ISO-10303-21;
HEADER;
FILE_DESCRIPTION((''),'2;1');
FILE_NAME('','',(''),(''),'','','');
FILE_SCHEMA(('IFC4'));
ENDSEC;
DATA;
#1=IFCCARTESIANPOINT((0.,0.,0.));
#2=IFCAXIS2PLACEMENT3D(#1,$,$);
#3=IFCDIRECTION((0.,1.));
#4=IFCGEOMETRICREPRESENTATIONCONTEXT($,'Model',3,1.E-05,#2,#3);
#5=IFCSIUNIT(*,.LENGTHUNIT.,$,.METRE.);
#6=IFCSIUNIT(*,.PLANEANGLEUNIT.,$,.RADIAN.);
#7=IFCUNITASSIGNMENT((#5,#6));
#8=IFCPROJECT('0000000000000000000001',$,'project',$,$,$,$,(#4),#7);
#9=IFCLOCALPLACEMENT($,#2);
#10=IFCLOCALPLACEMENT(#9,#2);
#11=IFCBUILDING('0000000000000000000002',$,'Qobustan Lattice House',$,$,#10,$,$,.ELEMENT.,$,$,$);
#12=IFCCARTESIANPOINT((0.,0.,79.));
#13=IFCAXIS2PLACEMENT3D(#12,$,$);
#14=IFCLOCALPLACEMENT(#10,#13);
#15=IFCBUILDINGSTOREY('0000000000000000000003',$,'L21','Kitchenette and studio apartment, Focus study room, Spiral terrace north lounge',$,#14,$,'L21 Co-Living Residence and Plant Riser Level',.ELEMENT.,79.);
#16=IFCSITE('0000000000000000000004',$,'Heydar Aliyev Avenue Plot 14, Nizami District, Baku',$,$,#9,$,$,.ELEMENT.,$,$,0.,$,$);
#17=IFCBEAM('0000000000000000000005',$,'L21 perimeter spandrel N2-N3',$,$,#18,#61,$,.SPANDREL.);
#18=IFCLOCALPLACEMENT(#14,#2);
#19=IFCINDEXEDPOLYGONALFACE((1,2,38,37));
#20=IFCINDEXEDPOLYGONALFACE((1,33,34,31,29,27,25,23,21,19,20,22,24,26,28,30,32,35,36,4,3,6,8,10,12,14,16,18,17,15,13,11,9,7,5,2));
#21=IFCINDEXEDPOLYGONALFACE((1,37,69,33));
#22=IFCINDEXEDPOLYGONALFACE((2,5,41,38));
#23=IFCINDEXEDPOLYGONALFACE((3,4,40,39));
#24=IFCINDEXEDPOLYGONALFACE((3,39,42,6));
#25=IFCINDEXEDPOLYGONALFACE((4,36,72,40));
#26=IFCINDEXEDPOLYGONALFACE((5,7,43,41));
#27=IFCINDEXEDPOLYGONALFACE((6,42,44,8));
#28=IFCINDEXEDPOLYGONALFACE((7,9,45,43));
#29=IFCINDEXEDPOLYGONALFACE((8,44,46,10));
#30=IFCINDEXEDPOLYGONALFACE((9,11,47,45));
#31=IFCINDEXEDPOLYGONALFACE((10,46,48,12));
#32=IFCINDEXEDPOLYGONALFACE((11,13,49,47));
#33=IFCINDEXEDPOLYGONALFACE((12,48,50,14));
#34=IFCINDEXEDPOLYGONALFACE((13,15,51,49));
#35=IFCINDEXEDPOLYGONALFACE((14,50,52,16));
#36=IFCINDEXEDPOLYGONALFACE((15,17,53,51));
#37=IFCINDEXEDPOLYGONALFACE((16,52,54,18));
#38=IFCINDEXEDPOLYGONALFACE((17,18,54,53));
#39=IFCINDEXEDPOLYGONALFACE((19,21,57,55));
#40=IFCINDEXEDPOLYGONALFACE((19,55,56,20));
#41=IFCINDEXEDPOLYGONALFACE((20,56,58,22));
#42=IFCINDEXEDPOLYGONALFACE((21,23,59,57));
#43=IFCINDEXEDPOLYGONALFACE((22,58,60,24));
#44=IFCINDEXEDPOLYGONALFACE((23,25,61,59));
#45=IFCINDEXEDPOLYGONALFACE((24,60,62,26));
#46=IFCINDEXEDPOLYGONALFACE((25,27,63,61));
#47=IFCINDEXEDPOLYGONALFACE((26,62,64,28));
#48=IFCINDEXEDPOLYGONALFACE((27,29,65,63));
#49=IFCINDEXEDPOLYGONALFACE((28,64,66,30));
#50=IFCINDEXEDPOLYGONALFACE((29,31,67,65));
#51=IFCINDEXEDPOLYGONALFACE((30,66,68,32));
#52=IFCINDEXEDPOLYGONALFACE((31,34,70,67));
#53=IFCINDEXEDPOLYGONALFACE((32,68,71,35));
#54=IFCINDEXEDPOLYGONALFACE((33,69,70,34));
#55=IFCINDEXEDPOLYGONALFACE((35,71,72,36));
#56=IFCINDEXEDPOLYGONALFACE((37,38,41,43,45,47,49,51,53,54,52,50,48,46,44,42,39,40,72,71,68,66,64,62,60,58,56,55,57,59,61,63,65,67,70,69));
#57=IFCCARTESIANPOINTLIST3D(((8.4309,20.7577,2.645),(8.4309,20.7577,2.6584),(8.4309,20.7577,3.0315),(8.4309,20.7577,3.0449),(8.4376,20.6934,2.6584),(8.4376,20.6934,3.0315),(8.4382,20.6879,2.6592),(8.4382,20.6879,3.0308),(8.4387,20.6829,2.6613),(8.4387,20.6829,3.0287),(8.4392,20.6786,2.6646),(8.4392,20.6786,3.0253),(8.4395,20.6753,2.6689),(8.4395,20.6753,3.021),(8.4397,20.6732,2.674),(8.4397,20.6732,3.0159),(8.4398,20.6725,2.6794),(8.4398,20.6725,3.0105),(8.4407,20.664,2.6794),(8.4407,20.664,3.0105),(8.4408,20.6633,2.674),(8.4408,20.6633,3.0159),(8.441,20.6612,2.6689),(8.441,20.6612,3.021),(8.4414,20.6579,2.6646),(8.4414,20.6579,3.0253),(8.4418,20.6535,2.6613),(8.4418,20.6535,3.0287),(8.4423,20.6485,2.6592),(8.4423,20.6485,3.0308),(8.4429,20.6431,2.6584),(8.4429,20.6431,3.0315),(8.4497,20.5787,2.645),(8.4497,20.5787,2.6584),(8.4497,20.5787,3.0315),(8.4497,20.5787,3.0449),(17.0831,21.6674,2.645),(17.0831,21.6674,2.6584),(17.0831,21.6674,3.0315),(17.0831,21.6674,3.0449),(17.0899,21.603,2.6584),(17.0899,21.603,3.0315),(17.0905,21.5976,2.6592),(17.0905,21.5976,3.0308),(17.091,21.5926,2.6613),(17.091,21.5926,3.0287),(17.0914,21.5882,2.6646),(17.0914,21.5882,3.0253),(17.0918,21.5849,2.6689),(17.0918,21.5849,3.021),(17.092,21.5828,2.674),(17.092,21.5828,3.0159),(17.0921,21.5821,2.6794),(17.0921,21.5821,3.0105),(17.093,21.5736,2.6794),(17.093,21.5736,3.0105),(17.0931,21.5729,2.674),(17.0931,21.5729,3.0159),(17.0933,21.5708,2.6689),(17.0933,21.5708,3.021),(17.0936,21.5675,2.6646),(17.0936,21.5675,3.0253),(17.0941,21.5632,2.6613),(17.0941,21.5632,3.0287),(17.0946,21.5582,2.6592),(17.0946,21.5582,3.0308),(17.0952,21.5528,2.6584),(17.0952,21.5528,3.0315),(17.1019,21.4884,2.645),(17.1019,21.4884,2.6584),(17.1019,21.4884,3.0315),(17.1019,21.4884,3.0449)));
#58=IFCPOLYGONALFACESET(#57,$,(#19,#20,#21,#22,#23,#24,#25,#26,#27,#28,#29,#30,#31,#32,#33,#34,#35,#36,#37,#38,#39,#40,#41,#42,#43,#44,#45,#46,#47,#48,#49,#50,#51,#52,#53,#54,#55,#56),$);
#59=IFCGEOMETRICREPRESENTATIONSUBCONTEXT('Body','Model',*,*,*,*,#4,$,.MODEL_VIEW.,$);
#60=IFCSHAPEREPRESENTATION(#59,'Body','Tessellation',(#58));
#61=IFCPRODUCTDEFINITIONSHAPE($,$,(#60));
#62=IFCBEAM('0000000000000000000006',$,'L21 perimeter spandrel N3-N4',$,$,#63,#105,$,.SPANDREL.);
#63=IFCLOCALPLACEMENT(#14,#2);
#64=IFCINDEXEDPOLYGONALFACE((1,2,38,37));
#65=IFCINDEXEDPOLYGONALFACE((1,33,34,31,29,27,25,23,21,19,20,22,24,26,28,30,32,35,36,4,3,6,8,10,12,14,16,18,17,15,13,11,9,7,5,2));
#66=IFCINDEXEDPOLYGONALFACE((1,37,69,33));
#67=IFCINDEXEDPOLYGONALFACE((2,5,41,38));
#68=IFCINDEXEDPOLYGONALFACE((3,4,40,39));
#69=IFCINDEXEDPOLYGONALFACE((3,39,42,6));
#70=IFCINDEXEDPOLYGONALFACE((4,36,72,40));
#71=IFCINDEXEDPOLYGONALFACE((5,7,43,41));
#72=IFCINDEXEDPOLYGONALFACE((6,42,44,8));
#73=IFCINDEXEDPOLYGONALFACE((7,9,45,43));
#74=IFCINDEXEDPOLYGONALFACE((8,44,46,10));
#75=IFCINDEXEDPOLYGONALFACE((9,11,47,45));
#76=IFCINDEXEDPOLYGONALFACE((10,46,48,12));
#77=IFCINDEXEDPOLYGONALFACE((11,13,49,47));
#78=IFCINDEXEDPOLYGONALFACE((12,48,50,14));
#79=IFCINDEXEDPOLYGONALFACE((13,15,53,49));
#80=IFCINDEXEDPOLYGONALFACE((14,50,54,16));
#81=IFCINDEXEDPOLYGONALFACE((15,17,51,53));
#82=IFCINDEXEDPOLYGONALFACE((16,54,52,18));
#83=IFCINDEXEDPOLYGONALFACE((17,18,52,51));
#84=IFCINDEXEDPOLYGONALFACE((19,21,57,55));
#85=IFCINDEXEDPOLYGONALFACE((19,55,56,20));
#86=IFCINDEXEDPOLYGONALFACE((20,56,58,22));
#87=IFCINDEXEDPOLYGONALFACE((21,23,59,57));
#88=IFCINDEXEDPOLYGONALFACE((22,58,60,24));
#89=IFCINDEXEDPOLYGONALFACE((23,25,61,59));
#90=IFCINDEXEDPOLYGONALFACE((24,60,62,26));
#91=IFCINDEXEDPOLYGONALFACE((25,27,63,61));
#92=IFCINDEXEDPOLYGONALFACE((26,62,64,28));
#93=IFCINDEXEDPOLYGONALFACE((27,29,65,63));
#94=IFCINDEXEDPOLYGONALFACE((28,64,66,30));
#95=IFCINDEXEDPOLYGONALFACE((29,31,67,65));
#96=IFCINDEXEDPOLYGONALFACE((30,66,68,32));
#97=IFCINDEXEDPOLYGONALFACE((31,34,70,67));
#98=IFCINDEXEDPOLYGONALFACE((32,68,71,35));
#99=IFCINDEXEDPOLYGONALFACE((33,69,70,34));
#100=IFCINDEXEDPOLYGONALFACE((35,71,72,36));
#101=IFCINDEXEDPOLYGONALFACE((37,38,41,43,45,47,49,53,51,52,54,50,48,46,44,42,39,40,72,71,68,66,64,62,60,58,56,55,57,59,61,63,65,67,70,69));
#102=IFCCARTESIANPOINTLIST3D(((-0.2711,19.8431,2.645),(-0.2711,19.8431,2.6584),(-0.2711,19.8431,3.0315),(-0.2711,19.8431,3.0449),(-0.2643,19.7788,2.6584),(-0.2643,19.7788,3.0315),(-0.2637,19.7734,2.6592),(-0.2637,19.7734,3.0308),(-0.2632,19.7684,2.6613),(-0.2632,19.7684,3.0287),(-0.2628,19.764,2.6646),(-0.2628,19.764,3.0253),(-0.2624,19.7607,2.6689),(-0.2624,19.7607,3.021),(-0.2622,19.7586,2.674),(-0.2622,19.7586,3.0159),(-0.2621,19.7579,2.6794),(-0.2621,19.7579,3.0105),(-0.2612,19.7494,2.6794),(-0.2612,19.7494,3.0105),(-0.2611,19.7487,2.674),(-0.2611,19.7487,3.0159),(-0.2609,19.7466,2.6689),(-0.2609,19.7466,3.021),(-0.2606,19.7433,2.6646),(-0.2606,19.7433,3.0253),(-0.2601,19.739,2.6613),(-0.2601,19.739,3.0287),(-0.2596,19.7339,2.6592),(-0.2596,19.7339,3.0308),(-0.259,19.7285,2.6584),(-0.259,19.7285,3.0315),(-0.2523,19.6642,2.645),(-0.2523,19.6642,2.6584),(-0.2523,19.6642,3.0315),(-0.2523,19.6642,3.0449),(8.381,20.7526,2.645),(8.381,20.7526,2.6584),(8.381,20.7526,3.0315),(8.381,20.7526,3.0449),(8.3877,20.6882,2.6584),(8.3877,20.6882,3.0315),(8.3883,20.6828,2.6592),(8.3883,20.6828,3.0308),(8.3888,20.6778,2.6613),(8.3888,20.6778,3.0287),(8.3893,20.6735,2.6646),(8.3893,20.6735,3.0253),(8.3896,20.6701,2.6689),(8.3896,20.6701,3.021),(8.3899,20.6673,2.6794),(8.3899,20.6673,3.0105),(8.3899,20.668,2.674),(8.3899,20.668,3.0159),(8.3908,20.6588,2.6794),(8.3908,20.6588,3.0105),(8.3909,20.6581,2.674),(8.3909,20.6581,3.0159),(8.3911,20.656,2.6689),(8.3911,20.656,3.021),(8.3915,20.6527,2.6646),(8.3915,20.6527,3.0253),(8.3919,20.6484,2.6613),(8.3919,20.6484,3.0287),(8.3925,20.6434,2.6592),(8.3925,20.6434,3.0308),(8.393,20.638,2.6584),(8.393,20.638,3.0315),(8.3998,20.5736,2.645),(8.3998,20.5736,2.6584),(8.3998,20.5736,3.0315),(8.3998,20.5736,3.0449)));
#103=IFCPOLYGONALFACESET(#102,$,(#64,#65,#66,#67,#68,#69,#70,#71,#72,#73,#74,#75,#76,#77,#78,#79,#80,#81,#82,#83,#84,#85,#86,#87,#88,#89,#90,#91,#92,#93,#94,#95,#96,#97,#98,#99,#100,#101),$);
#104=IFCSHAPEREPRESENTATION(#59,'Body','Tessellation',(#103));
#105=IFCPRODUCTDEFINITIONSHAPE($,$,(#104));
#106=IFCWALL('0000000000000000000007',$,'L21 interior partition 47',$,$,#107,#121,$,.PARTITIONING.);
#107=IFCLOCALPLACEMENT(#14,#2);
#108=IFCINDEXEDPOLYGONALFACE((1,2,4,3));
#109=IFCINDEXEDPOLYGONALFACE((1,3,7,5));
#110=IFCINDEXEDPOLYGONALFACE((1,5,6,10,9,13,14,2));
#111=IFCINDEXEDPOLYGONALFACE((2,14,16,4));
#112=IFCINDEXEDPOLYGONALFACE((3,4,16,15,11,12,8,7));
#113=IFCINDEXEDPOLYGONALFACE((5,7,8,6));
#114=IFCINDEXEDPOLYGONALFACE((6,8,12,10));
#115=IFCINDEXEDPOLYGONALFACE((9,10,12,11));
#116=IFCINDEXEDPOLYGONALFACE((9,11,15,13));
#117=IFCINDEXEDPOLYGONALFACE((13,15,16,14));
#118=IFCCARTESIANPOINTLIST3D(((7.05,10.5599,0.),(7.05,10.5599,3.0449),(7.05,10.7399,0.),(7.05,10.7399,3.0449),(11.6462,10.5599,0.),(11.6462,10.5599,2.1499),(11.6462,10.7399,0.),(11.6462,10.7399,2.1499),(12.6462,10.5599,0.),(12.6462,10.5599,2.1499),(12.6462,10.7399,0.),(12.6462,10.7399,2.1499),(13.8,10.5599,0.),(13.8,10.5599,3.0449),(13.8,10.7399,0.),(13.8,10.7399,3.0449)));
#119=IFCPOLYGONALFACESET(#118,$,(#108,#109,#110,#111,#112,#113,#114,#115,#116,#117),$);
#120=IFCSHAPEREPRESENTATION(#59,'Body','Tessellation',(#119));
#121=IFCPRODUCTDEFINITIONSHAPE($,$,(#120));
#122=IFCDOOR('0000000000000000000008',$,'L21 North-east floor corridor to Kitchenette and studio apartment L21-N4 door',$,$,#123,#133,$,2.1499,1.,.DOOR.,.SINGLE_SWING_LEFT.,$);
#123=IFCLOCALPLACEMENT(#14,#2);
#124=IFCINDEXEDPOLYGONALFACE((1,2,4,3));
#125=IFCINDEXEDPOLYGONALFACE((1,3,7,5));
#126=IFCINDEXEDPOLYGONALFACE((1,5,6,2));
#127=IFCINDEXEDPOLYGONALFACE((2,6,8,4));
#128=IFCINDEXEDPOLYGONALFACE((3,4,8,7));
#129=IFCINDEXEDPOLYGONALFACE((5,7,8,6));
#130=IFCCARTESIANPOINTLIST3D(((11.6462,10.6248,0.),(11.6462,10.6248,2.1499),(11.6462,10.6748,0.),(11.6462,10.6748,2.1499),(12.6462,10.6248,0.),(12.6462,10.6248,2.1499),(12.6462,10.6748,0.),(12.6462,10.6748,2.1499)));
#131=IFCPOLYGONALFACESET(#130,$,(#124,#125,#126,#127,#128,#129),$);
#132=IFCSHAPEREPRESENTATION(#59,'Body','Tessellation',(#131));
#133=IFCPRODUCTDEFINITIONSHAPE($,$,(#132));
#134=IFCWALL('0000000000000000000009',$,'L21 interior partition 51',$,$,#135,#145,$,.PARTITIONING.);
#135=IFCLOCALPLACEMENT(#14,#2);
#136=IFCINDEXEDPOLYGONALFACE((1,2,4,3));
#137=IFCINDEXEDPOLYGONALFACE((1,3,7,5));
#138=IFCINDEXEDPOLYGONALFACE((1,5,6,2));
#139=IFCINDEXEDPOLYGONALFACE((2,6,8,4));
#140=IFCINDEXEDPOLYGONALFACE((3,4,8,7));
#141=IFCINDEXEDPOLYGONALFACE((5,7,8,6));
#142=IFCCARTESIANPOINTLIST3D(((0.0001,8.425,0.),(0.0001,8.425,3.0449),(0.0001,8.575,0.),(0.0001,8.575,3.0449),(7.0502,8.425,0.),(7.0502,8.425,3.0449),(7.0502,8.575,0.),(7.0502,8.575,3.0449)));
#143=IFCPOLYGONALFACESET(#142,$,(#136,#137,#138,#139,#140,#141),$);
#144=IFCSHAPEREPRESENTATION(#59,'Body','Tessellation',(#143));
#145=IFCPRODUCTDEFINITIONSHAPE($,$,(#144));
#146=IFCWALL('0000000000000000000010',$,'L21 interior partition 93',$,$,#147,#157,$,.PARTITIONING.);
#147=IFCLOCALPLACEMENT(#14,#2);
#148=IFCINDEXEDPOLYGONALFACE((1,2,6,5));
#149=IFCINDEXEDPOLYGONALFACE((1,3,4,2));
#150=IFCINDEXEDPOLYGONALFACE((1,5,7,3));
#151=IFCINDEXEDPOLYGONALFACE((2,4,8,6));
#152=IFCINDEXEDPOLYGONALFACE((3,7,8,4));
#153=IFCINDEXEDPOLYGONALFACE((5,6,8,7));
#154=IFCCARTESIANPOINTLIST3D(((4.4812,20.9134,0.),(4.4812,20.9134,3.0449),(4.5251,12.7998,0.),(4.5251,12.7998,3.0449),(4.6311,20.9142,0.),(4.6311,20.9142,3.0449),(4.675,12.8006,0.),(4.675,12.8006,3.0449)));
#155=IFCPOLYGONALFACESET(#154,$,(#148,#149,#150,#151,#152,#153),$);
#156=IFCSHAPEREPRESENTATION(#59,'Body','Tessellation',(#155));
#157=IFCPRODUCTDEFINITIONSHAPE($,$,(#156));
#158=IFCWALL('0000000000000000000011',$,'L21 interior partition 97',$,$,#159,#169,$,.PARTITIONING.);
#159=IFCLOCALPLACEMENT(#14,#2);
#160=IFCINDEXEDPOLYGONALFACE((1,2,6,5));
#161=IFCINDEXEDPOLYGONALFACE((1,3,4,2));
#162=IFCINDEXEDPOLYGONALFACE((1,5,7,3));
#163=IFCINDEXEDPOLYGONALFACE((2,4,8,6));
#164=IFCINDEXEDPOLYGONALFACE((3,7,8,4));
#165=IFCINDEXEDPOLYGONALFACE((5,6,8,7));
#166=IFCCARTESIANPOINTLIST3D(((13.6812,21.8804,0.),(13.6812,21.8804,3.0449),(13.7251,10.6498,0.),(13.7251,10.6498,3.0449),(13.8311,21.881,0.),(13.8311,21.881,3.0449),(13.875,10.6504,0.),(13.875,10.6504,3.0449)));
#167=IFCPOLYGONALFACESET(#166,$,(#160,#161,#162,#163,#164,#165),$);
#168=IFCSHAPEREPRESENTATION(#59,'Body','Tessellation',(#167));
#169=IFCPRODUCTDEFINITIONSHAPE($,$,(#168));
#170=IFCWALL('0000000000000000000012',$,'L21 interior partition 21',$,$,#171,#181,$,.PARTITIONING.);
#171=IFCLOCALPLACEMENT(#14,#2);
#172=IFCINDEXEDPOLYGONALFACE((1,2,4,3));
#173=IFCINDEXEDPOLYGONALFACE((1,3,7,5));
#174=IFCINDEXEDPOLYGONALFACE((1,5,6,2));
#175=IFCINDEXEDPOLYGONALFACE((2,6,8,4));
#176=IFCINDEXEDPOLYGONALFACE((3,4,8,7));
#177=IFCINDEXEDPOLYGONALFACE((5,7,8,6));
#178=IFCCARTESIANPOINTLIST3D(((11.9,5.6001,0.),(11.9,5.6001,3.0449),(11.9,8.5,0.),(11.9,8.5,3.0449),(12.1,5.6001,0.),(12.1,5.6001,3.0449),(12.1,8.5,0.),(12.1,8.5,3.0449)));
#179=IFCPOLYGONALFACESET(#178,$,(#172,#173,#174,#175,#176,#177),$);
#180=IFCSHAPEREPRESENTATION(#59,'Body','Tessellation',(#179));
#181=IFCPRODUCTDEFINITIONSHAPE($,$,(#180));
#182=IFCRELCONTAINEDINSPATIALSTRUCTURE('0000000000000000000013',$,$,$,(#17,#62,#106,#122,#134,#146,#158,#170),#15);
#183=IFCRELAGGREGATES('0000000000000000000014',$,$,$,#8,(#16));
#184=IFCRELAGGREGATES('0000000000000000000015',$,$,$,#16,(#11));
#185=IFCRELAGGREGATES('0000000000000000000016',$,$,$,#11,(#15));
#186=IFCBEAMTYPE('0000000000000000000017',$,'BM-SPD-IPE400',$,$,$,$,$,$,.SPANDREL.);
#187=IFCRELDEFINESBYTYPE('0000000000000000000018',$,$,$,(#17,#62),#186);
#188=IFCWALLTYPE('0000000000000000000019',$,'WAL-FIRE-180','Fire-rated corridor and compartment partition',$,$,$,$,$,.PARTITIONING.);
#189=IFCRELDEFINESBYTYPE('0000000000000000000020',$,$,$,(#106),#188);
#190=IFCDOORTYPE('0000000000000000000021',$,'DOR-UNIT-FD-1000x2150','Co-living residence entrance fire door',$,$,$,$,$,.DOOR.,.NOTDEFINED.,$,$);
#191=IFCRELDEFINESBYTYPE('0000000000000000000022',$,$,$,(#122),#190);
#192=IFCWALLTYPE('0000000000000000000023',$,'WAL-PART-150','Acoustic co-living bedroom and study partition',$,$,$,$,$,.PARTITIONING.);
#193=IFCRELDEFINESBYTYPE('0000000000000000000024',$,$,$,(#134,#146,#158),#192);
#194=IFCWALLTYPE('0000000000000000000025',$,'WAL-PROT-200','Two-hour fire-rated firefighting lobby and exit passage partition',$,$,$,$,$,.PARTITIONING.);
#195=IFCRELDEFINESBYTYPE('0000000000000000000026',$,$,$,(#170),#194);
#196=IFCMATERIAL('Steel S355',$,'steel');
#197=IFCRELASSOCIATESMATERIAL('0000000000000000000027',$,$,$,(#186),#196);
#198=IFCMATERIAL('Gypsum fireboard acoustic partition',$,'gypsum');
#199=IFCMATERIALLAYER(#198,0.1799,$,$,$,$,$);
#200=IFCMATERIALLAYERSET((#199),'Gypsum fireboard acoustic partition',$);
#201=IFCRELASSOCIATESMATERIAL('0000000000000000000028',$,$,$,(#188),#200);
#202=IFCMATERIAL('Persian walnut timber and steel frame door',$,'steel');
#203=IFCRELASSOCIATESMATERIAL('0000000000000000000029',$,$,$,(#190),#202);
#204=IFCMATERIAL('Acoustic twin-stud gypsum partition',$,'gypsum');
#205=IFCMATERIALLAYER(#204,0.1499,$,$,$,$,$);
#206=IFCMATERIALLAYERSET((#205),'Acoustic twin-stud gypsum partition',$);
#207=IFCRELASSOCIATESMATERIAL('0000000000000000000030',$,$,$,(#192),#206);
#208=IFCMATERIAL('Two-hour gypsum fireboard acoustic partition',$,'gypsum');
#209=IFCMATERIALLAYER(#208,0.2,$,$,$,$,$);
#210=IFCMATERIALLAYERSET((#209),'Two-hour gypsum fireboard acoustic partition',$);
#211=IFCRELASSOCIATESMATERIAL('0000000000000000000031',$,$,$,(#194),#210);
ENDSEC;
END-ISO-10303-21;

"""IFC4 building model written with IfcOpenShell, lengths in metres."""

from ifc_helpers import new_model, si_unit, direction, frame, frame_2d, origin, origin_2d, place, context, subcontext, project, spatial, rectangle, i_section, extrude, material, layer, layer_set, material_profile, profile_set, type_object, element, fill, save


model = new_model("IFC4")

# Units and contexts
model_context = context("Model", 3, precision=1e-05, world=origin(), true_north=direction((0.0, 1.0)))
body_context = subcontext(model_context, "Body", "Model", "MODEL_VIEW")
ifc_project = project(units=[si_unit("LENGTHUNIT", "METRE"), si_unit("PLANEANGLEUNIT", "RADIAN")], contexts=[model_context])

# Site, building, storey
site_placement = place(None, origin())
site = spatial("IfcSite", under=ifc_project, at=site_placement, Name="Heydar Aliyev Avenue Plot 14, Nizami District, Baku", CompositionType="ELEMENT", RefElevation=0.0)
building_placement = place(site_placement, origin())
building = spatial("IfcBuilding", under=site, at=building_placement, Name="Qobustan Lattice House", CompositionType="ELEMENT")
storey_placement = place(building_placement, frame((0.0, 0.0, 79.0)))
storey = spatial("IfcBuildingStorey", under=building, at=storey_placement, Name="L21", Description="Kitchenette and studio apartment, Focus study room, Spiral terrace north lounge", LongName="L21 Co-Living Residence and Plant Riser Level", CompositionType="ELEMENT", Elevation=79.0)

# Beams
ifc_material_1 = material(Name="Steel S355", Category="steel")
ifc_material_profile_1 = material_profile(ifc_material_1, i_section(OverallWidth=0.1799, OverallDepth=0.3999, WebThickness=0.0085, FlangeThickness=0.0134, FilletRadius=0.021, at=origin_2d()), Name="IPE400")
ifc_profile_set_1 = profile_set([ifc_material_profile_1], Name="Steel S355")
beam_type_1 = type_object("IfcBeamType", Name="BM-SPD-IPE400", PredefinedType="SPANDREL", material=ifc_profile_set_1)
beam_1_placement = place(storey_placement, frame((17.0925, 21.5779, 2.845), z_axis=(-0.994519, -0.104559, 0.0), x_axis=(0.104559, -0.994519, 0.0)))
element("IfcBeam", 1, at=beam_1_placement, inside=storey, type_object=beam_type_1, Name="L21 perimeter spandrel N2-N3", PredefinedType="SPANDREL", context=body_context, shape_type="SweptSolid", body=[
    extrude(i_section(OverallWidth=0.1799, OverallDepth=0.3999, WebThickness=0.0085, FlangeThickness=0.0134, FilletRadius=0.021, at=origin_2d()), origin(), (0.0, 0.0, 1.0), 8.7),
])
beam_2_placement = place(storey_placement, frame((8.3904, 20.6631, 2.845), z_axis=(-0.994521, -0.104534, 0.0), x_axis=(0.104534, -0.994521, 0.0)))
element("IfcBeam", 2, at=beam_2_placement, inside=storey, type_object=beam_type_1, Name="L21 perimeter spandrel N3-N4", PredefinedType="SPANDREL", context=body_context, shape_type="SweptSolid", body=[
    extrude(i_section(OverallWidth=0.1799, OverallDepth=0.3999, WebThickness=0.0085, FlangeThickness=0.0134, FilletRadius=0.021, at=origin_2d()), origin(), (0.0, 0.0, 1.0), 8.6997),
])

# Wall, opening, door
ifc_material_2 = material(Name="Gypsum fireboard acoustic partition", Category="gypsum")
ifc_layer_1 = layer(ifc_material_2, 0.1799)
ifc_layer_set_1 = layer_set([ifc_layer_1], Name="Gypsum fireboard acoustic partition")
wall_type_1 = type_object("IfcWallType", Name="WAL-FIRE-180", Description="Fire-rated corridor and compartment partition", PredefinedType="PARTITIONING", material=ifc_layer_set_1)
ifc_material_3 = material(Name="Persian walnut timber and steel frame door", Category="steel")
door_type_1 = type_object("IfcDoorType", Name="DOR-UNIT-FD-1000x2150", Description="Co-living residence entrance fire door", OperationType="NOTDEFINED", PredefinedType="DOOR", material=ifc_material_3)
wall_1_placement = place(storey_placement, frame((7.05, 10.6499, 0.0), z_axis=(0.0, 0.0, 1.0), x_axis=(1.0, 0.0, 0.0)))
wall_1 = element("IfcWall", 3, at=wall_1_placement, inside=storey, type_object=wall_type_1, Name="L21 interior partition 47", PredefinedType="PARTITIONING", context=body_context, shape_type="SweptSolid", body=[
    extrude(rectangle(XDim=6.75, YDim=0.1799, at=frame_2d((3.375, 0.0))), origin(), (0.0, 0.0, 1.0), 3.0449),
])
opening_1_placement = place(wall_1_placement, frame((4.5962, 0.0, 0.0)))
opening_1 = element("IfcOpeningElement", 4, at=opening_1_placement, cuts=wall_1, PredefinedType="OPENING", context=body_context, shape_type="SweptSolid", body=[
    extrude(rectangle(XDim=1.0, YDim=2.1499, at=frame_2d((0.5, 1.075))), frame((0.0, 0.0999, 0.0), z_axis=(0.0, -1.0, 0.0), x_axis=(1.0, 0.0, 0.0)), (0.0, 0.0, 1.0), 0.2),
])
door_1_placement = place(opening_1_placement, origin())
door_1 = element("IfcDoor", 5, at=door_1_placement, inside=storey, type_object=door_type_1, Name="L21 North-east floor corridor to Kitchenette and studio apartment L21-N4 door", OperationType="SINGLE_SWING_LEFT", OverallHeight=2.1499, OverallWidth=1.0, PredefinedType="DOOR", context=body_context, shape_type="SweptSolid", body=[
    extrude(rectangle(XDim=1.0, YDim=2.1499, at=frame_2d((0.5, 1.075))), frame((0.0, 0.0249, 0.0), z_axis=(0.0, -1.0, 0.0), x_axis=(1.0, 0.0, 0.0)), (0.0, 0.0, 1.0), 0.05),
])
fill(opening_1, door_1)
ifc_material_4 = material(Name="Acoustic twin-stud gypsum partition", Category="gypsum")
ifc_layer_2 = layer(ifc_material_4, 0.1499)
ifc_layer_set_2 = layer_set([ifc_layer_2], Name="Acoustic twin-stud gypsum partition")
wall_type_2 = type_object("IfcWallType", Name="WAL-PART-150", Description="Acoustic co-living bedroom and study partition", PredefinedType="PARTITIONING", material=ifc_layer_set_2)

# Walls
wall_2_placement = place(storey_placement, frame((7.05, 8.5, 0.0), z_axis=(0.0, 0.0, 1.0), x_axis=(-1.0, 0.0, 0.0)))
element("IfcWall", 6, at=wall_2_placement, inside=storey, type_object=wall_type_2, Name="L21 interior partition 51", PredefinedType="PARTITIONING", context=body_context, shape_type="SweptSolid", body=[
    extrude(rectangle(XDim=7.05, YDim=0.1499, at=frame_2d((3.5249, 0.0))), origin(), (0.0, 0.0, 1.0), 3.0449),
])
wall_3_placement = place(storey_placement, frame((4.5562, 20.9138, 0.0), z_axis=(0.0, 0.0, 1.0), x_axis=(0.005416, -0.999985, 0.0)))
element("IfcWall", 7, at=wall_3_placement, inside=storey, type_object=wall_type_2, Name="L21 interior partition 93", PredefinedType="PARTITIONING", context=body_context, shape_type="SweptSolid", body=[
    extrude(rectangle(XDim=8.1138, YDim=0.1499, at=frame_2d((4.0569, 0.0))), origin(), (0.0, 0.0, 1.0), 3.0449),
])
wall_4_placement = place(storey_placement, frame((13.7561, 21.8806, 0.0), z_axis=(0.0, 0.0, 1.0), x_axis=(0.003913, -0.999992, 0.0)))
element("IfcWall", 8, at=wall_4_placement, inside=storey, type_object=wall_type_2, Name="L21 interior partition 97", PredefinedType="PARTITIONING", context=body_context, shape_type="SweptSolid", body=[
    extrude(rectangle(XDim=11.2307, YDim=0.1499, at=frame_2d((5.6152, 0.0))), origin(), (0.0, 0.0, 1.0), 3.0449),
])
ifc_material_5 = material(Name="Two-hour gypsum fireboard acoustic partition", Category="gypsum")
ifc_layer_3 = layer(ifc_material_5, 0.2)
ifc_layer_set_3 = layer_set([ifc_layer_3], Name="Two-hour gypsum fireboard acoustic partition")
wall_type_3 = type_object("IfcWallType", Name="WAL-PROT-200", Description="Two-hour fire-rated firefighting lobby and exit passage partition", PredefinedType="PARTITIONING", material=ifc_layer_set_3)
wall_5_placement = place(storey_placement, frame((12.0, 8.5, 0.0), z_axis=(0.0, 0.0, 1.0), x_axis=(0.0, -1.0, 0.0)))
element("IfcWall", 9, at=wall_5_placement, inside=storey, type_object=wall_type_3, Name="L21 interior partition 21", PredefinedType="PARTITIONING", context=body_context, shape_type="SweptSolid", body=[
    extrude(rectangle(XDim=2.8999, YDim=0.2, at=frame_2d((1.45, 0.0))), origin(), (0.0, 0.0, 1.0), 3.0449),
])

save(model, "model.ifc")
